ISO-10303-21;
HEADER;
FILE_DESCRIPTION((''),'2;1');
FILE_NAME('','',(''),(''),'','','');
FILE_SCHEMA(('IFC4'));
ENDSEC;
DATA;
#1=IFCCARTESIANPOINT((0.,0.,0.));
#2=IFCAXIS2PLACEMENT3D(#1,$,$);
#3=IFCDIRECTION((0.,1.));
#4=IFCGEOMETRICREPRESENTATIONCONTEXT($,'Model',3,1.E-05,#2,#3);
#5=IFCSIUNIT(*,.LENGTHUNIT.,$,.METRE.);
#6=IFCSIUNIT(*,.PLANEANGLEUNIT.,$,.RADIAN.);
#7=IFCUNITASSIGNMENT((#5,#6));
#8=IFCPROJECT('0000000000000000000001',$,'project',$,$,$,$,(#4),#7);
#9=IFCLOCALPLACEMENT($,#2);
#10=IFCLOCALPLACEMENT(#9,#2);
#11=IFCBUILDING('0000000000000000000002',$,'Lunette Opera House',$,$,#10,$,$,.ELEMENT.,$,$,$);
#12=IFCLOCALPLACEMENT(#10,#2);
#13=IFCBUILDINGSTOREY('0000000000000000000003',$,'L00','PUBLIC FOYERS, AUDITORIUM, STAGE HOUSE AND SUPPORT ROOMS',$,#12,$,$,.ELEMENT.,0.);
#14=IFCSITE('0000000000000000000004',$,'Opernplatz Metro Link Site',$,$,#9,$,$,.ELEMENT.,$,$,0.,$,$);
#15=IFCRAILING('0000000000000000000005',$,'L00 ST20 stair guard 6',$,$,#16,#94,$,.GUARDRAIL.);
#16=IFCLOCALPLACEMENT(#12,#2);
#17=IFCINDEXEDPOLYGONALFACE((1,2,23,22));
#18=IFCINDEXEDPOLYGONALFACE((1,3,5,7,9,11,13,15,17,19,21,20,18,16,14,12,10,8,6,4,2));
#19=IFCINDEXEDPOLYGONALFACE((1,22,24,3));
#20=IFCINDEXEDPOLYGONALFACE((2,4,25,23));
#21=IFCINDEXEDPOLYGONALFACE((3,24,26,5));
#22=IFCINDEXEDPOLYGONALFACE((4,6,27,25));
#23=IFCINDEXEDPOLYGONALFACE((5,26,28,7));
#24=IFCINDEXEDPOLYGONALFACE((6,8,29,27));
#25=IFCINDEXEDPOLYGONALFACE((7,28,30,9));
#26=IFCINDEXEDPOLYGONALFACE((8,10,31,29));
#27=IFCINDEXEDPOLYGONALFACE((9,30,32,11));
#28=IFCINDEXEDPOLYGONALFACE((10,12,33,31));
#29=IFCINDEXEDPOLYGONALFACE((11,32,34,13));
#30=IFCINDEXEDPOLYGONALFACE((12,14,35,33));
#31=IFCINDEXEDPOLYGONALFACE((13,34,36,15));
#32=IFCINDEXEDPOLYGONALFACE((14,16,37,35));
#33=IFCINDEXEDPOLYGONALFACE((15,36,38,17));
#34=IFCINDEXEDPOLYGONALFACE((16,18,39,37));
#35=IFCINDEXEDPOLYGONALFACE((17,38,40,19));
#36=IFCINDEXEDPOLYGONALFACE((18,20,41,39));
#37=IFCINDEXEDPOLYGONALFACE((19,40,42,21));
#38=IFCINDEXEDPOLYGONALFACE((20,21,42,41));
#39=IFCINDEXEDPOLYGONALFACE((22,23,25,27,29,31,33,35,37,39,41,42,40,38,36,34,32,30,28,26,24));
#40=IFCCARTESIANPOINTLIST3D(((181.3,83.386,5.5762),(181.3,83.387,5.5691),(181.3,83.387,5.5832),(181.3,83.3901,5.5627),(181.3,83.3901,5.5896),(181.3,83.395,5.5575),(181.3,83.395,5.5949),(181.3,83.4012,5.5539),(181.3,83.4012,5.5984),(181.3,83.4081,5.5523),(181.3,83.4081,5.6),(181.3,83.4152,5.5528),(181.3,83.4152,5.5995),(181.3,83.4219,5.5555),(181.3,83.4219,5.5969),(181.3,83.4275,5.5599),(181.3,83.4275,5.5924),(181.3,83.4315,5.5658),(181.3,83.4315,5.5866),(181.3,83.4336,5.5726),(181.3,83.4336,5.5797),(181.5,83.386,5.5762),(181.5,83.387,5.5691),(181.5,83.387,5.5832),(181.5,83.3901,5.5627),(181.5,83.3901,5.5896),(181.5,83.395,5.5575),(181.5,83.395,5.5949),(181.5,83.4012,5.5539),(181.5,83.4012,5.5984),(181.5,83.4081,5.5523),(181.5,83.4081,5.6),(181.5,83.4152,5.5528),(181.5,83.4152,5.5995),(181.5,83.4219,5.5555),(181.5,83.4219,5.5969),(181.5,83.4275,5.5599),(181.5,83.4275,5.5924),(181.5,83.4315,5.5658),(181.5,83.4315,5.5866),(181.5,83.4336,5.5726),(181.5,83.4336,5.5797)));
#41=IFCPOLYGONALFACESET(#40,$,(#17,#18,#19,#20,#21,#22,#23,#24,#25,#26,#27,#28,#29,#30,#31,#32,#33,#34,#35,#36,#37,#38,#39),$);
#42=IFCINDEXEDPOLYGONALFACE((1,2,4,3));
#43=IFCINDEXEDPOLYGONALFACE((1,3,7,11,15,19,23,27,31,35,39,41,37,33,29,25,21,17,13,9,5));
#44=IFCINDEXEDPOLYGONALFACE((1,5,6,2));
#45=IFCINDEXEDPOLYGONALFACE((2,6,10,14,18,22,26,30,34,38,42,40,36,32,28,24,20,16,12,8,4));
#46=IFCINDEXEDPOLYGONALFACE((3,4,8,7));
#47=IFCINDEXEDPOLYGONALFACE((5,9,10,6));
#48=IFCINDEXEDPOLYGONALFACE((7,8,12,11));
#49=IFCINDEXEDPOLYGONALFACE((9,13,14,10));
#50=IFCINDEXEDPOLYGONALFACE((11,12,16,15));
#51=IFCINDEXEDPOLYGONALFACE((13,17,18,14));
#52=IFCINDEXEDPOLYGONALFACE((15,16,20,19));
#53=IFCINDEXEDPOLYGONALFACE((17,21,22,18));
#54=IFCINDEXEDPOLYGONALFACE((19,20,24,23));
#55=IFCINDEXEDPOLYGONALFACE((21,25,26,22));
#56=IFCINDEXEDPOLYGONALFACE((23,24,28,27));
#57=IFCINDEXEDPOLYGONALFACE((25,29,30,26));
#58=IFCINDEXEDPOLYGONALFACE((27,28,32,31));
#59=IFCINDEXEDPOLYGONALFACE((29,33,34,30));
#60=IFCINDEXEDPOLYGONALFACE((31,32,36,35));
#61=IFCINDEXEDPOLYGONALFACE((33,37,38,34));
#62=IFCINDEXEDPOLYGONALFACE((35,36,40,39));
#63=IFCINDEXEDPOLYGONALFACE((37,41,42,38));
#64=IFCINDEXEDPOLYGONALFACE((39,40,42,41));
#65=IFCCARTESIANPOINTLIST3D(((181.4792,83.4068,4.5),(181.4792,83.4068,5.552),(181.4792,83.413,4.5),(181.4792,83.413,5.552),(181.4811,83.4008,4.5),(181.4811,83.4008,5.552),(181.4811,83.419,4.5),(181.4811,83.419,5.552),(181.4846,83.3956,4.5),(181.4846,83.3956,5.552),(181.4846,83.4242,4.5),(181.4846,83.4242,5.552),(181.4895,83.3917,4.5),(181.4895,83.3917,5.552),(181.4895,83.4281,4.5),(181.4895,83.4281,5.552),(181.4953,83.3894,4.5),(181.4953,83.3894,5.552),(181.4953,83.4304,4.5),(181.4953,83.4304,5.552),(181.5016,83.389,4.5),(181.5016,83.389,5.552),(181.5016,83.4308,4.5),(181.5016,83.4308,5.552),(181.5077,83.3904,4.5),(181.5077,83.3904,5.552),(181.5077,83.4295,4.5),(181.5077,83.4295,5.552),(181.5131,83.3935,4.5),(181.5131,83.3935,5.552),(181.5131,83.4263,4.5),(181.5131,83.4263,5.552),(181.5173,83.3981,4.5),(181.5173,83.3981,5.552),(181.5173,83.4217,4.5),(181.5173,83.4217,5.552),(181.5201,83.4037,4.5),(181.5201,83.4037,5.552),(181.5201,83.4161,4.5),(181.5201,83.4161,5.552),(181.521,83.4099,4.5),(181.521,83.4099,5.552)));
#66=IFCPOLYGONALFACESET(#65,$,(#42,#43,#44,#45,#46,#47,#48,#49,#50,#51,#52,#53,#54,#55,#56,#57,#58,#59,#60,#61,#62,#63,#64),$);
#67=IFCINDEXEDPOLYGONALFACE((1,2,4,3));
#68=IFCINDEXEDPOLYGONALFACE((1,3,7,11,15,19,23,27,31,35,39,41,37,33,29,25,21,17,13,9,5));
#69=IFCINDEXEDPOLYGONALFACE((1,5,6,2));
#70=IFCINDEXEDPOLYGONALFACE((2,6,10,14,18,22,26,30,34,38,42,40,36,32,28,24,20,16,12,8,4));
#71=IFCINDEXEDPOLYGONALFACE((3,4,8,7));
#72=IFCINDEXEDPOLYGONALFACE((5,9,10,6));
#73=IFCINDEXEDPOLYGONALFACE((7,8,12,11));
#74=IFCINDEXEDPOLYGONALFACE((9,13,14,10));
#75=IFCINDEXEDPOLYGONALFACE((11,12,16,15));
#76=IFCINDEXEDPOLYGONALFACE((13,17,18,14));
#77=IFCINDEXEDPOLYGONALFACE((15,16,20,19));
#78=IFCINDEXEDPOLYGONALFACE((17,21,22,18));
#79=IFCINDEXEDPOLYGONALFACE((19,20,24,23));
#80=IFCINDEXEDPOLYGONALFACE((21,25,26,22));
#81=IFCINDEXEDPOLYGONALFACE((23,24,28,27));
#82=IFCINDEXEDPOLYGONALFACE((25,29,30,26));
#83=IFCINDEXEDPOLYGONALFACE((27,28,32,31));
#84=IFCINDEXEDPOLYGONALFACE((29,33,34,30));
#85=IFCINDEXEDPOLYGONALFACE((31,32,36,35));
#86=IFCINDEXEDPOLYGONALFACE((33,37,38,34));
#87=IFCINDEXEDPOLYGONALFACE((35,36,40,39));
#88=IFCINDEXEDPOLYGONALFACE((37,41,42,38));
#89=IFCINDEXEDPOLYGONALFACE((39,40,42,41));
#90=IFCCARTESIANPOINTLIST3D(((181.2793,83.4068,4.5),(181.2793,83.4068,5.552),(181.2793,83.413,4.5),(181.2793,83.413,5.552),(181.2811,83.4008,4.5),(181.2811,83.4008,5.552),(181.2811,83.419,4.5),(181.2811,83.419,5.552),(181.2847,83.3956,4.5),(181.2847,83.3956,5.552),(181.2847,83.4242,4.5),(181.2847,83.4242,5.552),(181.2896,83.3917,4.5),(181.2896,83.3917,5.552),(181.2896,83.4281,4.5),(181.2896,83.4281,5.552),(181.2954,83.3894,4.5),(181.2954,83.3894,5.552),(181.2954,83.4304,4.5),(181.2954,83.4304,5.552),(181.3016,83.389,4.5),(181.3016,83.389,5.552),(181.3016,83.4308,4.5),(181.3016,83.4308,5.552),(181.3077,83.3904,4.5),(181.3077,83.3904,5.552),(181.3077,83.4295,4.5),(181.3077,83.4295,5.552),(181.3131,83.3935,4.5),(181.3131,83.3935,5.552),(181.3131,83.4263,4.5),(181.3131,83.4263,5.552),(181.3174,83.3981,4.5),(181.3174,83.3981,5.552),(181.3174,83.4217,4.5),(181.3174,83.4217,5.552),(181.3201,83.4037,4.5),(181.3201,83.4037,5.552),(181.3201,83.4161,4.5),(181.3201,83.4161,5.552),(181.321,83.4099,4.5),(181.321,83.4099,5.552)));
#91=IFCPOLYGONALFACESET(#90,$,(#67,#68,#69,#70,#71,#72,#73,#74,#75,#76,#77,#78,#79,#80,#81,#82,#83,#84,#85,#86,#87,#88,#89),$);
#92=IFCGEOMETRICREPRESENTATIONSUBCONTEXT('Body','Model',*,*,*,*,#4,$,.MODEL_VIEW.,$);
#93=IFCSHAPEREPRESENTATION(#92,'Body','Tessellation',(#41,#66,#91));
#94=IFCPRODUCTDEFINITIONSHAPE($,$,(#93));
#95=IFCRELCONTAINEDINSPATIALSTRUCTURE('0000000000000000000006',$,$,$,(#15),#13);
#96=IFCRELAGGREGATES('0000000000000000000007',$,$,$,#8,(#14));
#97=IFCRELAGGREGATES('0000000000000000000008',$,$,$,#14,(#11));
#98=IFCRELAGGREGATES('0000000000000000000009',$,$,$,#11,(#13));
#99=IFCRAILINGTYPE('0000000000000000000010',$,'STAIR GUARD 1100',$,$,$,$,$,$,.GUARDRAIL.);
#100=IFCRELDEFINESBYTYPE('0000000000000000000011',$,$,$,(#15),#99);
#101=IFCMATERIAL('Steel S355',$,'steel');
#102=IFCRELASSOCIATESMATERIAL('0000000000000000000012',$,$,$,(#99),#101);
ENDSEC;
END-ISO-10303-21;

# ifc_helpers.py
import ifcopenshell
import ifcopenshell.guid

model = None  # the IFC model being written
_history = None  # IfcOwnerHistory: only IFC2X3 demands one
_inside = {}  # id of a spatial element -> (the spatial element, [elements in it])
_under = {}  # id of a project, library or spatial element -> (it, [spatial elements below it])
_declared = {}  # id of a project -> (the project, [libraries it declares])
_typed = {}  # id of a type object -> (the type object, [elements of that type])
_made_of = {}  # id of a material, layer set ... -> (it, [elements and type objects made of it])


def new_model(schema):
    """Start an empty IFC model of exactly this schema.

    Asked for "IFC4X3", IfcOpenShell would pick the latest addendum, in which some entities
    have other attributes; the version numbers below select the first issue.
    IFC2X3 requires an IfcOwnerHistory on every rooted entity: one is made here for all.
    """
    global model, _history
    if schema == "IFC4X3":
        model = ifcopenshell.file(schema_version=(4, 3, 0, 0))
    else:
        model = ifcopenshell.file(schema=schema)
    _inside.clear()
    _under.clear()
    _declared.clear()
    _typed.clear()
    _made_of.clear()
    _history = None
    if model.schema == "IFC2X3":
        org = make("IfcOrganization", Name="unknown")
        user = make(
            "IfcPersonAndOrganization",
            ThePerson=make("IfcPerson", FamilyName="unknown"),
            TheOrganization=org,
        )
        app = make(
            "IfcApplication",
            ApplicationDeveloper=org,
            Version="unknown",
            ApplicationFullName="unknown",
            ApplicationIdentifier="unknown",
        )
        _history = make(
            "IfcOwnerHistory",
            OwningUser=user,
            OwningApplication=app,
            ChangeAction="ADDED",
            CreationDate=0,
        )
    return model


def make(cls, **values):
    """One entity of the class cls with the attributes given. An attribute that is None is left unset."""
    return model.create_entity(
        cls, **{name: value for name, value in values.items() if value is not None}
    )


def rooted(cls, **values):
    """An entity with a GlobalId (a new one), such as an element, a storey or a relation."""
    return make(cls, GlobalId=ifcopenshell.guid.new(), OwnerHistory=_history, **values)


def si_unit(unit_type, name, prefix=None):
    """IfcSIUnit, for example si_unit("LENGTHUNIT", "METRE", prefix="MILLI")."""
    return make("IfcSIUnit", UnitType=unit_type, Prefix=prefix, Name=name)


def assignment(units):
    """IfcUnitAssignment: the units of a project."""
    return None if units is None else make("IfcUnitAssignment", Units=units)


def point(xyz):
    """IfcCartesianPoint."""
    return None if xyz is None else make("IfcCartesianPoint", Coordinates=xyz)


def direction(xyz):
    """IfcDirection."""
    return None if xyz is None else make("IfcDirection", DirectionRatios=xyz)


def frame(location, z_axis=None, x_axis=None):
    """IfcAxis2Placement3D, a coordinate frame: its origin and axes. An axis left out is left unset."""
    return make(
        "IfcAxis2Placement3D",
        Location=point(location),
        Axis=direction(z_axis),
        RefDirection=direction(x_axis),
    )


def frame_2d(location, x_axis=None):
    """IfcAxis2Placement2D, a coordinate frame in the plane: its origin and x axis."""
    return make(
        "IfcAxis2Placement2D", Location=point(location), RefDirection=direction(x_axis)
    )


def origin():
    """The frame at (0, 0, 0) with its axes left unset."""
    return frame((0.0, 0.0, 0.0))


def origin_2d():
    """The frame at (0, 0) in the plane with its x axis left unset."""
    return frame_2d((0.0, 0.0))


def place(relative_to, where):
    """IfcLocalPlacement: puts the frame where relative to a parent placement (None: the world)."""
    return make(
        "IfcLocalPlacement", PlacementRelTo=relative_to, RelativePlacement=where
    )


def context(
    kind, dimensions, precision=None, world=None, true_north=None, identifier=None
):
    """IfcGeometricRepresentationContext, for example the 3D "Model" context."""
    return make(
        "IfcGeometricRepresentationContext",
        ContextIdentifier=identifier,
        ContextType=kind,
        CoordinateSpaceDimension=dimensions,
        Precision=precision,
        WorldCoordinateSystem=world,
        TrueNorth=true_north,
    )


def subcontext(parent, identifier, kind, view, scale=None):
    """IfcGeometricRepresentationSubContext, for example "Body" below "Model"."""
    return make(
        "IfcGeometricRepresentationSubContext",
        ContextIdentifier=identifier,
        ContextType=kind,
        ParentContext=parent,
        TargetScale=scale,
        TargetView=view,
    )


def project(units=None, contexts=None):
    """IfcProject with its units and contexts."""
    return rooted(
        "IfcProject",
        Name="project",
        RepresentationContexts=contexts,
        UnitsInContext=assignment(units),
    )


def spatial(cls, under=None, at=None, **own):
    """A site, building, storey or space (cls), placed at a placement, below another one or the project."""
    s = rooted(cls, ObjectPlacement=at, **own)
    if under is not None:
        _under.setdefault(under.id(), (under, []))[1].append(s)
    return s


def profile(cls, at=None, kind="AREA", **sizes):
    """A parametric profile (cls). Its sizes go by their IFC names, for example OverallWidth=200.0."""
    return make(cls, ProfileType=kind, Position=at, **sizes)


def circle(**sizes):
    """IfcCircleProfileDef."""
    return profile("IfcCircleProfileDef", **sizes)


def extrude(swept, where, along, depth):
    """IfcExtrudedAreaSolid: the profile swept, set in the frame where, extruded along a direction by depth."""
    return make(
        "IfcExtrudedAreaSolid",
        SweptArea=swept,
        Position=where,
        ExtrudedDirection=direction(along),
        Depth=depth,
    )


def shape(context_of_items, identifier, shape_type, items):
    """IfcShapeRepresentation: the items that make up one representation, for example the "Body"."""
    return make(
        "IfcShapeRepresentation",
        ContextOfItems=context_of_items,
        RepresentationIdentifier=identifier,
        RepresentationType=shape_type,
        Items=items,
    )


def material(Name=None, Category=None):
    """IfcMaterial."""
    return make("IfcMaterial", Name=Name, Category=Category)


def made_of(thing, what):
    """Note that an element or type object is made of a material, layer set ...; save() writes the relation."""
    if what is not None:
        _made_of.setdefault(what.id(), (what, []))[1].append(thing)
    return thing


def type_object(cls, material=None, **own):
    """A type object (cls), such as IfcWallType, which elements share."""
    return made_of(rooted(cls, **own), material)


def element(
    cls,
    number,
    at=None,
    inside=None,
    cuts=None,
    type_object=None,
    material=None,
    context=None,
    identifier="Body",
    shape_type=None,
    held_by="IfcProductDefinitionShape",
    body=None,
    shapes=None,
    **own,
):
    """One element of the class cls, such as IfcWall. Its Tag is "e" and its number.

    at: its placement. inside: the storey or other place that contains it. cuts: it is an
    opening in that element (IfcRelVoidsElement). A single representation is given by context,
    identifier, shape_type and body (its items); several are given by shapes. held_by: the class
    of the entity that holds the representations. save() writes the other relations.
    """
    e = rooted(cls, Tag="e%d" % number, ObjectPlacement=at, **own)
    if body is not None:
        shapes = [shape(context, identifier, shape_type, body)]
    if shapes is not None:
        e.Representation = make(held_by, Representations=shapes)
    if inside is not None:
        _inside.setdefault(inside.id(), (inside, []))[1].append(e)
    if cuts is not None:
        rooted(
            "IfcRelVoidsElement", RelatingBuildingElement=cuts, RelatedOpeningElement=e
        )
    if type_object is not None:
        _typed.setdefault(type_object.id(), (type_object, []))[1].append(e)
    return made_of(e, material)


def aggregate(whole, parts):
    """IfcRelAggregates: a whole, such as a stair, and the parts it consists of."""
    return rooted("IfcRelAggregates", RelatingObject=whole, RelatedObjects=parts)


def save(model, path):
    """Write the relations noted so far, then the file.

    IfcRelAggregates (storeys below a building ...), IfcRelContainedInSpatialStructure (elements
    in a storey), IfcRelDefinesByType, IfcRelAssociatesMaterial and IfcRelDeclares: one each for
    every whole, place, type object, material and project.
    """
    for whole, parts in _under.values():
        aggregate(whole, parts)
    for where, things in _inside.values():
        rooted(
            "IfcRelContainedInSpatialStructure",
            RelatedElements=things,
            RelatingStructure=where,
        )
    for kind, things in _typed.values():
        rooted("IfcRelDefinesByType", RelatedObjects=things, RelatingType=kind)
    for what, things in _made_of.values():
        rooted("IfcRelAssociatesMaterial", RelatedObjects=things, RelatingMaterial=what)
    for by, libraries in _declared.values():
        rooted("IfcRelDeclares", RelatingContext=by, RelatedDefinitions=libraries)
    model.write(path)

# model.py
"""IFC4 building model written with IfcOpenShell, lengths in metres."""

from ifc_helpers import new_model, si_unit, direction, frame, origin, origin_2d, place, context, subcontext, project, spatial, circle, extrude, material, type_object, element, save


model = new_model("IFC4")

# Units and contexts
model_context = context("Model", 3, precision=1e-05, world=origin(), true_north=direction((0.0, 1.0)))
body_context = subcontext(model_context, "Body", "Model", "MODEL_VIEW")
ifc_project = project(units=[si_unit("LENGTHUNIT", "METRE"), si_unit("PLANEANGLEUNIT", "RADIAN")], contexts=[model_context])

# Site, building, storey
site_placement = place(None, origin())
site = spatial("IfcSite", under=ifc_project, at=site_placement, Name="Opernplatz Metro Link Site", CompositionType="ELEMENT", RefElevation=0.0)
building_placement = place(site_placement, origin())
building = spatial("IfcBuilding", under=site, at=building_placement, Name="Lunette Opera House", CompositionType="ELEMENT")
storey_placement = place(building_placement, origin())
storey = spatial("IfcBuildingStorey", under=building, at=storey_placement, Name="L00", Description="PUBLIC FOYERS, AUDITORIUM, STAGE HOUSE AND SUPPORT ROOMS", CompositionType="ELEMENT", Elevation=0.0)

# Railing
ifc_material_1 = material(Name="Steel S355", Category="steel")
railing_type_1 = type_object("IfcRailingType", Name="STAIR GUARD 1100", PredefinedType="GUARDRAIL", material=ifc_material_1)
railing_1_placement = place(storey_placement, frame((181.5, 83.4099, 4.5)))
element("IfcRailing", 1, at=railing_1_placement, inside=storey, type_object=railing_type_1, Name="L00 ST20 stair guard 6", PredefinedType="GUARDRAIL", context=body_context, shape_type="SweptSolid", body=[
    extrude(circle(Radius=0.0239, at=origin_2d()), frame((0.0, 0.0, 1.0762), z_axis=(-1.0, 0.0, 0.0), x_axis=(0.0, -1.0, 0.0)), (0.0, 0.0, 1.0), 0.2),
    extrude(circle(Radius=0.021, at=origin_2d()), origin(), (0.0, 0.0, 1.0), 1.052),
    extrude(circle(Radius=0.021, at=origin_2d()), frame((-0.2, 0.0, 0.0)), (0.0, 0.0, 1.0), 1.052),
])

save(model, "model.ifc")
